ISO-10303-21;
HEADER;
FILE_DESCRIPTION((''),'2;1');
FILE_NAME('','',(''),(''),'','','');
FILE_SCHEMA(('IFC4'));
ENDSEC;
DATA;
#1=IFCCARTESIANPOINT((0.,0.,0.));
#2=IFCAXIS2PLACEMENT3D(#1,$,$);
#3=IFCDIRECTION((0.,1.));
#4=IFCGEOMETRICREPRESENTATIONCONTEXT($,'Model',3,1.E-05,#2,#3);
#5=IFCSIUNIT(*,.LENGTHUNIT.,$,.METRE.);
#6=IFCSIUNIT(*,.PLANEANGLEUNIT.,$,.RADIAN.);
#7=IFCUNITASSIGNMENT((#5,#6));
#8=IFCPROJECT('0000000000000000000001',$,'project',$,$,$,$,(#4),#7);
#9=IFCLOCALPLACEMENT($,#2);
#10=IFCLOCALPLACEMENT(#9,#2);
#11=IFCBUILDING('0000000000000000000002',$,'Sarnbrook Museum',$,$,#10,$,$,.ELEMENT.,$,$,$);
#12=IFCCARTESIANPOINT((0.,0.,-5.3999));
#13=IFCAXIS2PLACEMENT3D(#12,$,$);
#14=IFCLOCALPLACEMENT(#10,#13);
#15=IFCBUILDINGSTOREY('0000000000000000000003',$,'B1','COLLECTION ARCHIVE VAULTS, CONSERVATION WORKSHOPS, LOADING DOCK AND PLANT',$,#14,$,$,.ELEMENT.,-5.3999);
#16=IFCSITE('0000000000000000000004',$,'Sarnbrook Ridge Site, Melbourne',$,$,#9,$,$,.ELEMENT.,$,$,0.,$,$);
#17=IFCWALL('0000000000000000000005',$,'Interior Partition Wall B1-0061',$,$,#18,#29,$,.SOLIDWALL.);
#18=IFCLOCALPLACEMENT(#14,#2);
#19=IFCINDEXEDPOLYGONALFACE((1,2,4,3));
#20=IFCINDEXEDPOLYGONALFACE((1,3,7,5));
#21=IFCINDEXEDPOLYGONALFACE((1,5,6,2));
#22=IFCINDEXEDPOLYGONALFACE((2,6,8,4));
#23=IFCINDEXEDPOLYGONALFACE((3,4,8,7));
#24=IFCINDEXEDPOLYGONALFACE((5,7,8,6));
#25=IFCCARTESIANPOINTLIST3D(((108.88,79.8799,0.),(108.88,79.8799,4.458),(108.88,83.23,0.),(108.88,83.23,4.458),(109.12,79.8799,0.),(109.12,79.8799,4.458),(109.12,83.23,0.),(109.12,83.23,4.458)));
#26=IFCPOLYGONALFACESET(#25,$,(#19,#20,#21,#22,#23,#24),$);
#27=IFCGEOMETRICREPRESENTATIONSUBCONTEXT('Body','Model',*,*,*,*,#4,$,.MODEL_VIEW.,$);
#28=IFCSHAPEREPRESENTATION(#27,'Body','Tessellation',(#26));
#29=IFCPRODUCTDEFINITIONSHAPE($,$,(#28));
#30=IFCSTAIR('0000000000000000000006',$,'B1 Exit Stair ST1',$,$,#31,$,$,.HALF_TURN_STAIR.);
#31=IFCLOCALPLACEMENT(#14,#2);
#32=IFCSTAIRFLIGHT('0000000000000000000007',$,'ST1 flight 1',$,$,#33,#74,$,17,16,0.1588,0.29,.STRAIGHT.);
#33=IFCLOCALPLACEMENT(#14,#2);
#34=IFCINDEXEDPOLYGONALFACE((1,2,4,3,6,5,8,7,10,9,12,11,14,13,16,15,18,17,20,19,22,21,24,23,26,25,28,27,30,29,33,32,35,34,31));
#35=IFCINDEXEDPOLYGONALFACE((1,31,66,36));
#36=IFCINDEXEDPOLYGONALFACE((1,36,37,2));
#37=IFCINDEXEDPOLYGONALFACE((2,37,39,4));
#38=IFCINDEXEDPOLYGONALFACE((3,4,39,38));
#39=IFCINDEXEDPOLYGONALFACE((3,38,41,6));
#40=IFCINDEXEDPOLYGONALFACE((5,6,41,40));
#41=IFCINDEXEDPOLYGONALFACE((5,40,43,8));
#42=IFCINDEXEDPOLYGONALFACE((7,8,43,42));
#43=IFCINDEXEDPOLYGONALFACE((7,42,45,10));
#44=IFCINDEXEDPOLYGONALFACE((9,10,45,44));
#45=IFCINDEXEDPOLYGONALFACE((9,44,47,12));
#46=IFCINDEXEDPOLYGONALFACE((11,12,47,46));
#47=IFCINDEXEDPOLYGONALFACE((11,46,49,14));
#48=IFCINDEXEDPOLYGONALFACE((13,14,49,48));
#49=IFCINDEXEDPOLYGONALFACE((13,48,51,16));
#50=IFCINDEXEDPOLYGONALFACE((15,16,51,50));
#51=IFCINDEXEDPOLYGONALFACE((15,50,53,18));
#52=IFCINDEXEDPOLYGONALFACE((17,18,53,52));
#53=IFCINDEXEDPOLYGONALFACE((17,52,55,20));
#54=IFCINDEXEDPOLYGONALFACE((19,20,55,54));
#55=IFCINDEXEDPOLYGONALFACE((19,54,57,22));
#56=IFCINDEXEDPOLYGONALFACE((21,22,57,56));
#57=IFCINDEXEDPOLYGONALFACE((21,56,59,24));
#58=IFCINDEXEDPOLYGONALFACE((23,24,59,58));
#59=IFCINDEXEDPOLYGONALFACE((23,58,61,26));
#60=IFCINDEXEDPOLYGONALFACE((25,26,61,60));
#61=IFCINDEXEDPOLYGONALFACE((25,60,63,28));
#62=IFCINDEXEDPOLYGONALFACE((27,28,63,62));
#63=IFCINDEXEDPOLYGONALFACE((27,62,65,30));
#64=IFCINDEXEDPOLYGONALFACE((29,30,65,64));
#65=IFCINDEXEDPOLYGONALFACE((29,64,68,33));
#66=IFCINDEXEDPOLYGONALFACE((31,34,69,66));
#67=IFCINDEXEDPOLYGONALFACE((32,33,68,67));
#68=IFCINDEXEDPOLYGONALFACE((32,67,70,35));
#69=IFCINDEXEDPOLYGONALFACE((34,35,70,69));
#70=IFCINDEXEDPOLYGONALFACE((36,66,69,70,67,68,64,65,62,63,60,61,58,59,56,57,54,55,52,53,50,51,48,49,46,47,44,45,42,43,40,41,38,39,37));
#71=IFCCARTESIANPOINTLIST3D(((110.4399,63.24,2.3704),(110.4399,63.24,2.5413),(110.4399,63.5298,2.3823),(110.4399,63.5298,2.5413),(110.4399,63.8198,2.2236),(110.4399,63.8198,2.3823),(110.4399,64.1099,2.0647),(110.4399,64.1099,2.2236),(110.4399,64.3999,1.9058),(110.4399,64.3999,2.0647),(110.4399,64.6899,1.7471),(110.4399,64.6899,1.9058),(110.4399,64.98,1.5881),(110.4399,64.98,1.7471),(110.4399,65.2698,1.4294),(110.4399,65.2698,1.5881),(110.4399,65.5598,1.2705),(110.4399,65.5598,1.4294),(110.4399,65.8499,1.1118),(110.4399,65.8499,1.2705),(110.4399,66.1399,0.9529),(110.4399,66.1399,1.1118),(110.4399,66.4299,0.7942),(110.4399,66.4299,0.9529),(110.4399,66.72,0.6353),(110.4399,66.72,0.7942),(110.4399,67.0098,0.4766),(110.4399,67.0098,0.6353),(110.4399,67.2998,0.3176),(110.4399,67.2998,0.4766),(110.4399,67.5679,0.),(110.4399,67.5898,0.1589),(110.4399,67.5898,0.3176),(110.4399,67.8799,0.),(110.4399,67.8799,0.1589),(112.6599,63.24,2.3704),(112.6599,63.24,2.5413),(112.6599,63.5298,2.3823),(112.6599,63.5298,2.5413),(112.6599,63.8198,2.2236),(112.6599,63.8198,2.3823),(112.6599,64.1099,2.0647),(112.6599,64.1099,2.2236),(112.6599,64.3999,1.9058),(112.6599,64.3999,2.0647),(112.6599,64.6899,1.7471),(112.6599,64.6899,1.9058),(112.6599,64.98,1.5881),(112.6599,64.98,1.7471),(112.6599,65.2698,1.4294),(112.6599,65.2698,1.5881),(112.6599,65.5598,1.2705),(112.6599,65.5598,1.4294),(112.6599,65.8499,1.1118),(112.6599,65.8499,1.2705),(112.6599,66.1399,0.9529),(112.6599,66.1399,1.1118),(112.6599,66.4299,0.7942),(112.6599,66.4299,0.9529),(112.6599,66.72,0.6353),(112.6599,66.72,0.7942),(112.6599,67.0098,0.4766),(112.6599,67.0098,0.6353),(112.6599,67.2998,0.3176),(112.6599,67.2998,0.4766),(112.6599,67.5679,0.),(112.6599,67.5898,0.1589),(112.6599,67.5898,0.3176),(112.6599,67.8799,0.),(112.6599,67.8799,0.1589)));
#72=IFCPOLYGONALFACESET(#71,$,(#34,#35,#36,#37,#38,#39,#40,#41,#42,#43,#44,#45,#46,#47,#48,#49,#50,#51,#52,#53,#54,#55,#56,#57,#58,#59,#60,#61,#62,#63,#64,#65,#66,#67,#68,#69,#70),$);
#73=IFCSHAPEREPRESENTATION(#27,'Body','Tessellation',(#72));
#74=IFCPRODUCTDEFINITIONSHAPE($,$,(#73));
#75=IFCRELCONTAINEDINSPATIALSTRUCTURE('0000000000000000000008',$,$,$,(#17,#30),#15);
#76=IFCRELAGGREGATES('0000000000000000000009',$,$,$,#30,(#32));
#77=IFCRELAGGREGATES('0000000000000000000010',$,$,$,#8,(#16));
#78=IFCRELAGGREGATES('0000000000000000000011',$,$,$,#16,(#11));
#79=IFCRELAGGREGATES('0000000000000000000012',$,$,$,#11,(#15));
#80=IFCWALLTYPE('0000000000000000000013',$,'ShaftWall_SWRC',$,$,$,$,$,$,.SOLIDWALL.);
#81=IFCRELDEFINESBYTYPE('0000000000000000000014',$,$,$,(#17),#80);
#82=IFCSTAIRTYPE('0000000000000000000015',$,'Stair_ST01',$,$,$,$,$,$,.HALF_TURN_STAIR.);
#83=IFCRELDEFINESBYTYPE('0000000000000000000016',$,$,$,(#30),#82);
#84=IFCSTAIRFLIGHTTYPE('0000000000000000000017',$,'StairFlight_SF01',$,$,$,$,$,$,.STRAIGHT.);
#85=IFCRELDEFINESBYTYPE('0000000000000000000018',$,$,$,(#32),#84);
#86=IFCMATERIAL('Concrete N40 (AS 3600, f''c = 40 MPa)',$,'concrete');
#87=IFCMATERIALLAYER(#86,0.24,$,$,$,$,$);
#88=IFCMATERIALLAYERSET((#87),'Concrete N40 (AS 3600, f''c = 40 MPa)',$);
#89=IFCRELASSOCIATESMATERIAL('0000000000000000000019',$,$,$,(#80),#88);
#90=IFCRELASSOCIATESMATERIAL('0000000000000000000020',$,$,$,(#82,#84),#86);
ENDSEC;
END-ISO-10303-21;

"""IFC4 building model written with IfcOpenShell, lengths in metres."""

from ifc_helpers import new_model, si_unit, direction, frame, frame_2d, origin, place, context, subcontext, project, spatial, polyline, rectangle, outline, extrude, material, layer, layer_set, type_object, element, aggregate, save


model = new_model("IFC4")

# Units and contexts
model_context = context("Model", 3, precision=1e-05, world=origin(), true_north=direction((0.0, 1.0)))
body_context = subcontext(model_context, "Body", "Model", "MODEL_VIEW")
ifc_project = project(units=[si_unit("LENGTHUNIT", "METRE"), si_unit("PLANEANGLEUNIT", "RADIAN")], contexts=[model_context])

# Site, building, storey
site_placement = place(None, origin())
site = spatial("IfcSite", under=ifc_project, at=site_placement, Name="Sarnbrook Ridge Site, Melbourne", CompositionType="ELEMENT", RefElevation=0.0)
building_placement = place(site_placement, origin())
building = spatial("IfcBuilding", under=site, at=building_placement, Name="Sarnbrook Museum", CompositionType="ELEMENT")
storey_placement = place(building_placement, frame((0.0, 0.0, -5.3999)))
storey = spatial("IfcBuildingStorey", under=building, at=storey_placement, Name="B1", Description="COLLECTION ARCHIVE VAULTS, CONSERVATION WORKSHOPS, LOADING DOCK AND PLANT", CompositionType="ELEMENT", Elevation=-5.3999)

# Shared definitions
ifc_material_1 = material(Name="Concrete N40 (AS 3600, f'c = 40 MPa)", Category="concrete")

# Wall
ifc_layer_1 = layer(ifc_material_1, 0.24)
ifc_layer_set_1 = layer_set([ifc_layer_1], Name="Concrete N40 (AS 3600, f'c = 40 MPa)")
wall_type_1 = type_object("IfcWallType", Name="ShaftWall_SWRC", PredefinedType="SOLIDWALL", material=ifc_layer_set_1)
wall_1_placement = place(storey_placement, frame((109.0, 79.8799, 0.0), z_axis=(0.0, 0.0, 1.0), x_axis=(0.0, 1.0, 0.0)))
element("IfcWall", 1, at=wall_1_placement, inside=storey, type_object=wall_type_1, Name="Interior Partition Wall B1-0061", PredefinedType="SOLIDWALL", context=body_context, shape_type="SweptSolid", body=[
    extrude(rectangle(XDim=3.3501, YDim=0.24, at=frame_2d((1.675, 0.0))), origin(), (0.0, 0.0, 1.0), 4.458),
])

# Stair, stair flight
stair_type = type_object("IfcStairType", Name="Stair_ST01", PredefinedType="HALF_TURN_STAIR", material=ifc_material_1)
stair_placement = place(storey_placement, origin())
stair = element("IfcStair", 2, at=stair_placement, inside=storey, type_object=stair_type, Name="B1 Exit Stair ST1", PredefinedType="HALF_TURN_STAIR")
stair_flight_type = type_object("IfcStairFlightType", Name="StairFlight_SF01", PredefinedType="STRAIGHT", material=ifc_material_1)
stair_flight_placement = place(storey_placement, frame((111.55, 67.8799, 0.0), z_axis=(0.0, 0.0, 1.0), x_axis=(0.0, -1.0, 0.0)))
stair_flight = element("IfcStairFlight", 3, at=stair_flight_placement, type_object=stair_flight_type, Name="ST1 flight 1", NumberOfRisers=17, NumberOfTreads=16, PredefinedType="STRAIGHT", RiserHeight=0.1588, TreadLength=0.29, context=body_context, shape_type="SweptSolid", body=[
    extrude(outline(polyline([(0.0, 0.0), (0.0, 0.1589), (0.29, 0.1589), (0.29, 0.3176), (0.5801, 0.3176), (0.5801, 0.4766), (0.8701, 0.4766), (0.8701, 0.6353), (1.1599, 0.6353), (1.1599, 0.7942), (1.45, 0.7942), (1.45, 0.9529), (1.74, 0.9529), (1.74, 1.1118), (2.03, 1.1118), (2.03, 1.2705), (2.3201, 1.2705), (2.3201, 1.4294), (2.6101, 1.4294), (2.6101, 1.5881), (2.8999, 1.5881), (2.8999, 1.7471), (3.1899, 1.7471), (3.1899, 1.9058), (3.48, 1.9058), (3.48, 2.0647), (3.77, 2.0647), (3.77, 2.2236), (4.0601, 2.2236), (4.0601, 2.3823), (4.3501, 2.3823), (4.3501, 2.5413), (4.6399, 2.5413), (4.6399, 2.7), (4.6399, 2.3704), (0.312, 0.0), (0.0, 0.0)])), frame((0.0, 1.1099, 0.0), z_axis=(0.0, -1.0, 0.0), x_axis=(1.0, 0.0, 0.0)), (0.0, 0.0, 1.0), 2.22),
])
aggregate(stair, [stair_flight])

save(model, "model.ifc")
